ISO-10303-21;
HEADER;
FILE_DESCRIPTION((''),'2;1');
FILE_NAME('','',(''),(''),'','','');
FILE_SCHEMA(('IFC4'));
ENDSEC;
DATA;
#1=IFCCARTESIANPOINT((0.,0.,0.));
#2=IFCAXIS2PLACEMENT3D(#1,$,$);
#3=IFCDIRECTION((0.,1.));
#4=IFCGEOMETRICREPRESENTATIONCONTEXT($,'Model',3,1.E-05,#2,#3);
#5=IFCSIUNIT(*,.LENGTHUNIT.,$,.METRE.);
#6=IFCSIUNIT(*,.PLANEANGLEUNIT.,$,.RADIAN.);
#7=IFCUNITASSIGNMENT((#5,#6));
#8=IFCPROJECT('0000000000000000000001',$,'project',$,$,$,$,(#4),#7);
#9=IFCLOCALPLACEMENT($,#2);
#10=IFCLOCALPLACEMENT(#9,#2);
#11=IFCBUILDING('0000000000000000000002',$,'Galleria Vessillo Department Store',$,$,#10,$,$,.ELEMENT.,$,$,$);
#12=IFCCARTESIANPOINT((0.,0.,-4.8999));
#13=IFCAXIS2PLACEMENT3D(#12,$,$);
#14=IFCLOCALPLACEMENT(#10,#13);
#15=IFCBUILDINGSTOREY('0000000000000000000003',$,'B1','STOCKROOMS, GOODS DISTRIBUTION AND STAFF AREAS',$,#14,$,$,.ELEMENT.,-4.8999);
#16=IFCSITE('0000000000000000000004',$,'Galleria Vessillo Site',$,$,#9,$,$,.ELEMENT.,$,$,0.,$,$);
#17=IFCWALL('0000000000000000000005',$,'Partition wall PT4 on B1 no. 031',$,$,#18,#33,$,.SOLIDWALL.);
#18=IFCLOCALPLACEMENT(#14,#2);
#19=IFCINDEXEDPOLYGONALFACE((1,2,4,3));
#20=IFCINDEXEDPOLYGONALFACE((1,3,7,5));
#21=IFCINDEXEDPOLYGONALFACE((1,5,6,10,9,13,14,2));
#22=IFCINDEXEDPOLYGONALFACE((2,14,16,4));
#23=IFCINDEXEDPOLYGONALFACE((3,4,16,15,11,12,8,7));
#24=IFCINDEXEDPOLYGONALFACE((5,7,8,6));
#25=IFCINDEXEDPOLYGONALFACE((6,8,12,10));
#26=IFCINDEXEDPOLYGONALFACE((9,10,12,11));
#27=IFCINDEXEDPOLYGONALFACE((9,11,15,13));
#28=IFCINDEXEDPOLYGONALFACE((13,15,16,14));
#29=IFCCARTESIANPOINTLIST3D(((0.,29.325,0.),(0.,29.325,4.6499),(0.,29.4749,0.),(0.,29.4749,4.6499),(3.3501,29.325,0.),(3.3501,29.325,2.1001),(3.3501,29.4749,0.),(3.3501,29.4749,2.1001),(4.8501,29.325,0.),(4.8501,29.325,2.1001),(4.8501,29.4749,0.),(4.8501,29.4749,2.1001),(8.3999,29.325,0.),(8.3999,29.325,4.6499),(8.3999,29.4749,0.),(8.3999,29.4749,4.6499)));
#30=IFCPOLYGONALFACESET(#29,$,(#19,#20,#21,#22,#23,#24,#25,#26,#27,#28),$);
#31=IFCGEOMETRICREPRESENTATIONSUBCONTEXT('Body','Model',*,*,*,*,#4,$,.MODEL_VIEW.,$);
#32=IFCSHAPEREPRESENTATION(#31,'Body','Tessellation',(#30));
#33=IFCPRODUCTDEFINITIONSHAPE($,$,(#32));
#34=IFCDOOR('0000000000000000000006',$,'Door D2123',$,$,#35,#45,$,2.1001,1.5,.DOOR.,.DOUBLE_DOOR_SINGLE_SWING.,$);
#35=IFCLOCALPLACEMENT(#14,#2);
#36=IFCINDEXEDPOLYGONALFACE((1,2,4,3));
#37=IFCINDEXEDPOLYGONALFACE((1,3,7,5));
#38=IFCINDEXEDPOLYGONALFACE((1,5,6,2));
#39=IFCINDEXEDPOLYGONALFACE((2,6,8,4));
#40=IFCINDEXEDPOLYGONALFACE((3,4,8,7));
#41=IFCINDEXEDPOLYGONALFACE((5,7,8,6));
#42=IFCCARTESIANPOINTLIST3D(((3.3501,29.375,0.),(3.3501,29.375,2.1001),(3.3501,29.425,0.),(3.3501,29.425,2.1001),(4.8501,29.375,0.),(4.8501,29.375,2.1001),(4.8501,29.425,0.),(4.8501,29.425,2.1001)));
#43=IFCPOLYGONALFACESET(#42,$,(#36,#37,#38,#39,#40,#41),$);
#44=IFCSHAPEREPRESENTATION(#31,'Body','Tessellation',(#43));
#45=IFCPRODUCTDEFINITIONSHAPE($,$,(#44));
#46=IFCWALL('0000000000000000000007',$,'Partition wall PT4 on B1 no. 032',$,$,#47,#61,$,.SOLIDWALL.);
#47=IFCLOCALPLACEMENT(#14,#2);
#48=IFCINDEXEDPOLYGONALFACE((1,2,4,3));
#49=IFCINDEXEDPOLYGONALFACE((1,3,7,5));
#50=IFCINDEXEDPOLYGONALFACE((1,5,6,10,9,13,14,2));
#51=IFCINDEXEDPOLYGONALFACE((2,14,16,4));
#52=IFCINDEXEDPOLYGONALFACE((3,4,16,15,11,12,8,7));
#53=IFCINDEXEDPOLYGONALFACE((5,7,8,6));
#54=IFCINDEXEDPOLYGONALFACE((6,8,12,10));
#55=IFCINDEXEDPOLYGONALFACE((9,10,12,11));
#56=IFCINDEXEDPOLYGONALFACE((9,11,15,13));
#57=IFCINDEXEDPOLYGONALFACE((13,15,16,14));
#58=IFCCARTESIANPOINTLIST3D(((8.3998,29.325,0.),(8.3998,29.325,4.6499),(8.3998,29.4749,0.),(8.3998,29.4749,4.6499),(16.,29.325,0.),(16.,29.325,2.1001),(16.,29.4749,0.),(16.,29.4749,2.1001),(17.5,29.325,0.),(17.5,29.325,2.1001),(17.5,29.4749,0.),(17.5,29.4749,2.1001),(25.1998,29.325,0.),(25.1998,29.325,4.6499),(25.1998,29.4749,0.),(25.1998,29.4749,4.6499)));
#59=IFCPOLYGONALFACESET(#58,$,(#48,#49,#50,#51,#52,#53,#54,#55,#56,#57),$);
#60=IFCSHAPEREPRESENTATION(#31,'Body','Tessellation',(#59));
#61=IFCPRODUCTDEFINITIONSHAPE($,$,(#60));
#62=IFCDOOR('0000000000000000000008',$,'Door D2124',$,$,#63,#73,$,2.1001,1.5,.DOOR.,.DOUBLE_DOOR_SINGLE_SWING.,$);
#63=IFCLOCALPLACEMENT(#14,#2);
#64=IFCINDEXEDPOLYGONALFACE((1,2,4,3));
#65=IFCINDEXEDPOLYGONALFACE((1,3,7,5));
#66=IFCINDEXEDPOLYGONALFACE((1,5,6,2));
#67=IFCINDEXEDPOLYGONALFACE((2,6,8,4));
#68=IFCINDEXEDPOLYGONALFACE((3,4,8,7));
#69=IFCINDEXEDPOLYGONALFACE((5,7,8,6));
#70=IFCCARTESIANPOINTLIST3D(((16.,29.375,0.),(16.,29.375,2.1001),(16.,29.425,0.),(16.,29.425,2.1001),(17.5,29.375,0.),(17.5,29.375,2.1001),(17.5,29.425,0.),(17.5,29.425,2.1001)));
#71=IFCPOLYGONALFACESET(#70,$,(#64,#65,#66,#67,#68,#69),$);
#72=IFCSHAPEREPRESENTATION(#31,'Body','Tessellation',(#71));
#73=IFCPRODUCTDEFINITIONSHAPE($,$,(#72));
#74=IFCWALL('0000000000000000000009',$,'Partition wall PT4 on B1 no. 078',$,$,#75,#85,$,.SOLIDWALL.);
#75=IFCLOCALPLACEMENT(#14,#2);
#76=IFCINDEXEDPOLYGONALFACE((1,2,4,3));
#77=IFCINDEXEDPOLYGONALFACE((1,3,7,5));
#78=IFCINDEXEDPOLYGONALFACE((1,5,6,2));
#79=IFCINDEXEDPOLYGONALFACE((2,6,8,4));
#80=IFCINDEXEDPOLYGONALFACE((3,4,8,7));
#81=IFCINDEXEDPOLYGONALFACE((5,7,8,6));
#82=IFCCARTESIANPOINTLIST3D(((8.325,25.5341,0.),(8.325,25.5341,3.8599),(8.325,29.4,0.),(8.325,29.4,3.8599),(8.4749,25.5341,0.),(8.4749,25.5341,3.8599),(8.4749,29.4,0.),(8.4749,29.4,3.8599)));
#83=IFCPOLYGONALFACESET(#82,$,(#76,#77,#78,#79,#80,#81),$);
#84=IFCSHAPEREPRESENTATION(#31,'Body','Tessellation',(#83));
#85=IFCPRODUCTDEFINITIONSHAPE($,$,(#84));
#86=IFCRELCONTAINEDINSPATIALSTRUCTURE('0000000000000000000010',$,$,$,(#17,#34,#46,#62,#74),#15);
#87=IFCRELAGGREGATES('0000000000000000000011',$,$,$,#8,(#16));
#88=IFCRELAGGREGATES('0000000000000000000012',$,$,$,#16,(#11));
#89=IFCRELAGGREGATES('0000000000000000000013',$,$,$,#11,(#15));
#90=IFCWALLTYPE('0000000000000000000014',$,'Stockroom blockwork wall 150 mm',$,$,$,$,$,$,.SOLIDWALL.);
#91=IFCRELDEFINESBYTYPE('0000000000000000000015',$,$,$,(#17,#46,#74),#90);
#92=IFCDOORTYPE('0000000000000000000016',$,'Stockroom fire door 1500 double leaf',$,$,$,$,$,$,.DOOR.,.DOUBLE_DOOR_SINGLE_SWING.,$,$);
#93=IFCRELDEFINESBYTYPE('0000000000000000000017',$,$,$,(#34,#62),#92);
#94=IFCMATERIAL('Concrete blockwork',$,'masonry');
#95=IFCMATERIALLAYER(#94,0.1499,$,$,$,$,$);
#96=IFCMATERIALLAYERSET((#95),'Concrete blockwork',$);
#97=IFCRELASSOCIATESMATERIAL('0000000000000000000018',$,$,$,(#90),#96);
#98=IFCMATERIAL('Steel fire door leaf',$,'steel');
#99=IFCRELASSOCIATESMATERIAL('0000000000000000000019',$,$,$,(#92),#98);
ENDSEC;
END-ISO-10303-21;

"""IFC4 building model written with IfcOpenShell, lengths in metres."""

from ifc_helpers import new_model, si_unit, direction, frame, frame_2d, origin, place, context, subcontext, project, spatial, rectangle, extrude, material, layer, layer_set, type_object, element, fill, save


model = new_model("IFC4")

# Units and contexts
model_context = context("Model", 3, precision=1e-05, world=origin(), true_north=direction((0.0, 1.0)))
body_context = subcontext(model_context, "Body", "Model", "MODEL_VIEW")
ifc_project = project(units=[si_unit("LENGTHUNIT", "METRE"), si_unit("PLANEANGLEUNIT", "RADIAN")], contexts=[model_context])

# Site, building, storey
site_placement = place(None, origin())
site = spatial("IfcSite", under=ifc_project, at=site_placement, Name="Galleria Vessillo Site", CompositionType="ELEMENT", RefElevation=0.0)
building_placement = place(site_placement, origin())
building = spatial("IfcBuilding", under=site, at=building_placement, Name="Galleria Vessillo Department Store", CompositionType="ELEMENT")
storey_placement = place(building_placement, frame((0.0, 0.0, -4.8999)))
storey = spatial("IfcBuildingStorey", under=building, at=storey_placement, Name="B1", Description="STOCKROOMS, GOODS DISTRIBUTION AND STAFF AREAS", CompositionType="ELEMENT", Elevation=-4.8999)

# Walls, openings, doors
ifc_material_1 = material(Name="Concrete blockwork", Category="masonry")
ifc_layer_1 = layer(ifc_material_1, 0.1499)
ifc_layer_set_1 = layer_set([ifc_layer_1], Name="Concrete blockwork")
wall_type_1 = type_object("IfcWallType", Name="Stockroom blockwork wall 150 mm", PredefinedType="SOLIDWALL", material=ifc_layer_set_1)
wall_1_placement = place(storey_placement, frame((0.0, 29.3999, 0.0), z_axis=(0.0, 0.0, 1.0), x_axis=(1.0, 0.0, 0.0)))
wall_1 = element("IfcWall", 1, at=wall_1_placement, inside=storey, type_object=wall_type_1, Name="Partition wall PT4 on B1 no. 031", PredefinedType="SOLIDWALL", context=body_context, shape_type="SweptSolid", body=[
    extrude(rectangle(XDim=8.3999, YDim=0.1499, at=frame_2d((4.2, 0.0))), origin(), (0.0, 0.0, 1.0), 4.6499),
])
opening_1_placement = place(wall_1_placement, frame((3.3501, 0.0, 0.0)))
opening_1 = element("IfcOpeningElement", 2, at=opening_1_placement, cuts=wall_1, PredefinedType="OPENING", context=body_context, shape_type="SweptSolid", body=[
    extrude(rectangle(XDim=1.5, YDim=2.1001, at=frame_2d((0.75, 1.05))), frame((0.0, 0.085, 0.0), z_axis=(0.0, -1.0, 0.0), x_axis=(1.0, 0.0, 0.0)), (0.0, 0.0, 1.0), 0.1699),
])
ifc_material_2 = material(Name="Steel fire door leaf", Category="steel")
door_type_1 = type_object("IfcDoorType", Name="Stockroom fire door 1500 double leaf", OperationType="DOUBLE_DOOR_SINGLE_SWING", PredefinedType="DOOR", material=ifc_material_2)
door_1_placement = place(opening_1_placement, frame((1.5, 0.0, 0.0), z_axis=(0.0, 0.0, 1.0), x_axis=(-1.0, 0.0, 0.0)))
door_1 = element("IfcDoor", 3, at=door_1_placement, inside=storey, type_object=door_type_1, Name="Door D2123", OperationType="DOUBLE_DOOR_SINGLE_SWING", OverallHeight=2.1001, OverallWidth=1.5, PredefinedType="DOOR", context=body_context, shape_type="SweptSolid", body=[
    extrude(rectangle(XDim=1.5, YDim=2.1001, at=frame_2d((0.75, 1.05))), frame((0.0, 0.0249, 0.0), z_axis=(0.0, -1.0, 0.0), x_axis=(1.0, 0.0, 0.0)), (0.0, 0.0, 1.0), 0.05),
])
fill(opening_1, door_1)
wall_2_placement = place(storey_placement, frame((8.3999, 29.3999, 0.0), z_axis=(0.0, 0.0, 1.0), x_axis=(1.0, 0.0, 0.0)))
wall_2 = element("IfcWall", 4, at=wall_2_placement, inside=storey, type_object=wall_type_1, Name="Partition wall PT4 on B1 no. 032", PredefinedType="SOLIDWALL", context=body_context, shape_type="SweptSolid", body=[
    extrude(rectangle(XDim=16.8, YDim=0.1499, at=frame_2d((8.3999, 0.0))), origin(), (0.0, 0.0, 1.0), 4.6499),
])
opening_2_placement = place(wall_2_placement, frame((7.6001, 0.0, 0.0)))
opening_2 = element("IfcOpeningElement", 5, at=opening_2_placement, cuts=wall_2, PredefinedType="OPENING", context=body_context, shape_type="SweptSolid", body=[
    extrude(rectangle(XDim=1.5, YDim=2.1001, at=frame_2d((0.75, 1.05))), frame((0.0, 0.085, 0.0), z_axis=(0.0, -1.0, 0.0), x_axis=(1.0, 0.0, 0.0)), (0.0, 0.0, 1.0), 0.1699),
])
door_2_placement = place(opening_2_placement, frame((1.5, 0.0, 0.0), z_axis=(0.0, 0.0, 1.0), x_axis=(-1.0, 0.0, 0.0)))
door_2 = element("IfcDoor", 6, at=door_2_placement, inside=storey, type_object=door_type_1, Name="Door D2124", OperationType="DOUBLE_DOOR_SINGLE_SWING", OverallHeight=2.1001, OverallWidth=1.5, PredefinedType="DOOR", context=body_context, shape_type="SweptSolid", body=[
    extrude(rectangle(XDim=1.5, YDim=2.1001, at=frame_2d((0.75, 1.05))), frame((0.0, 0.0249, 0.0), z_axis=(0.0, -1.0, 0.0), x_axis=(1.0, 0.0, 0.0)), (0.0, 0.0, 1.0), 0.05),
])
fill(opening_2, door_2)

# Wall
wall_3_placement = place(storey_placement, frame((8.3999, 25.5339, 0.0), z_axis=(0.0, 0.0, 1.0), x_axis=(0.0, 1.0, 0.0)))
element("IfcWall", 7, at=wall_3_placement, inside=storey, type_object=wall_type_1, Name="Partition wall PT4 on B1 no. 078", PredefinedType="SOLIDWALL", context=body_context, shape_type="SweptSolid", body=[
    extrude(rectangle(XDim=3.866, YDim=0.1499, at=frame_2d((1.9331, 0.0))), origin(), (0.0, 0.0, 1.0), 3.8599),
])

save(model, "model.ifc")
